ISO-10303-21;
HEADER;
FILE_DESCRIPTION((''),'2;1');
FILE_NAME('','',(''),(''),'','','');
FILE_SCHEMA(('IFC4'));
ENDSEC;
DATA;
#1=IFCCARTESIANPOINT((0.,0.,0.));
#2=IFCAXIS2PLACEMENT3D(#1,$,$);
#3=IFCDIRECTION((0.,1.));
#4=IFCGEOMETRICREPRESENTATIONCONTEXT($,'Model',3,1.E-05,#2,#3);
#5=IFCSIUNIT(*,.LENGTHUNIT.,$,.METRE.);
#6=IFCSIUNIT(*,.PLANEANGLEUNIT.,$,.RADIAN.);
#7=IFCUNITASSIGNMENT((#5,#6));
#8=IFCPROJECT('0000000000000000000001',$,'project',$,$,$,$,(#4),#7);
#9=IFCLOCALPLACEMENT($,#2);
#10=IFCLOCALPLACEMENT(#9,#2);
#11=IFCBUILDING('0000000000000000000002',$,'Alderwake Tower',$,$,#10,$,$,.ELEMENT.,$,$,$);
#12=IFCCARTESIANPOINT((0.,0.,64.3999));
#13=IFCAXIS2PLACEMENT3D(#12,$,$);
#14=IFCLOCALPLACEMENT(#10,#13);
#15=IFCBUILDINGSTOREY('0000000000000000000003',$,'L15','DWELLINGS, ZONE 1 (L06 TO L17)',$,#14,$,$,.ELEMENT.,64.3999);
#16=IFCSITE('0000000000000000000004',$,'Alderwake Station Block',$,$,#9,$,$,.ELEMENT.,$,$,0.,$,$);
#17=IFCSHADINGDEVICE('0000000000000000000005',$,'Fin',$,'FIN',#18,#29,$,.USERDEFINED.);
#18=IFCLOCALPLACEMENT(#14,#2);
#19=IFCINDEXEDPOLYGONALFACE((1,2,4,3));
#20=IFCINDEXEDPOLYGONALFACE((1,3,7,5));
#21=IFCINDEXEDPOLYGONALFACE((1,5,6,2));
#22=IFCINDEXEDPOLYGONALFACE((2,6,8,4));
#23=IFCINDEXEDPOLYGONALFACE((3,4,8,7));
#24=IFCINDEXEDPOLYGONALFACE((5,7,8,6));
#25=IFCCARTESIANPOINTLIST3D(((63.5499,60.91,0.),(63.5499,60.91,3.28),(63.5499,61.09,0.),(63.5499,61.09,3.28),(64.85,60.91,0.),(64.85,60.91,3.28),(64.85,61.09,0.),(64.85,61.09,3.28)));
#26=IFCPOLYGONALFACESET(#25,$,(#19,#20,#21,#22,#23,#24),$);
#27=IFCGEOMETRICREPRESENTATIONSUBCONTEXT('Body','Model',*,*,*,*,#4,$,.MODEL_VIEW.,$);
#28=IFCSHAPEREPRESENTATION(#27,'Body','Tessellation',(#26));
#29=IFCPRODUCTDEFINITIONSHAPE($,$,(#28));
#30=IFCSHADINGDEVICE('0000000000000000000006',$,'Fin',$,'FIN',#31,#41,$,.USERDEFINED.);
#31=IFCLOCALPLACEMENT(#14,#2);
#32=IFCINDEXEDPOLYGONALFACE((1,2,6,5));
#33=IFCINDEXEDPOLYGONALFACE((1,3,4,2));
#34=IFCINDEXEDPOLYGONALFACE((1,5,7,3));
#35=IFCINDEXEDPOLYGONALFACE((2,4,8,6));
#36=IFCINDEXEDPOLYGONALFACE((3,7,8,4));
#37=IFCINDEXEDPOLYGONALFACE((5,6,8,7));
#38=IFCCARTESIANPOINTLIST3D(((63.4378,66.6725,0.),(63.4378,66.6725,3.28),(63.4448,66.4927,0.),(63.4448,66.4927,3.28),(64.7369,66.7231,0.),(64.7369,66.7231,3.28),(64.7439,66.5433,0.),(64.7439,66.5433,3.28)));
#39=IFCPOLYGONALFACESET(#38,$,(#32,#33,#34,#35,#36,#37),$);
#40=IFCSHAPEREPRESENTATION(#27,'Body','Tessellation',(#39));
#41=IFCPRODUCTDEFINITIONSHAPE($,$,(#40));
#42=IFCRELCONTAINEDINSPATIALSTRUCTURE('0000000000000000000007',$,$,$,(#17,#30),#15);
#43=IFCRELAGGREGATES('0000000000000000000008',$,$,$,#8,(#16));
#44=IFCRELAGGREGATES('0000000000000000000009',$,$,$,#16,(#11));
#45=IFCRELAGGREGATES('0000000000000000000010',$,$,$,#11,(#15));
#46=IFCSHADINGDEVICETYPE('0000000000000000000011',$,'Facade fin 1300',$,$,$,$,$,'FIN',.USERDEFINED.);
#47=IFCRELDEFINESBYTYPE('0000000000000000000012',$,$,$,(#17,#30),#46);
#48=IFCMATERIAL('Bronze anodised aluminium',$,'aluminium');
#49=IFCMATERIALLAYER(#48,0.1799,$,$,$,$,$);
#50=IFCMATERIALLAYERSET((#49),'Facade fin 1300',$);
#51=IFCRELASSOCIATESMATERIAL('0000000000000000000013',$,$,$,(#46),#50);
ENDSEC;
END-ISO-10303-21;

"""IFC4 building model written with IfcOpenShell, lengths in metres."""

from ifc_helpers import new_model, si_unit, direction, frame, origin, origin_2d, place, context, subcontext, project, spatial, rectangle, extrude, material, layer, layer_set, type_object, element, save


model = new_model("IFC4")

# Units and contexts
model_context = context("Model", 3, precision=1e-05, world=origin(), true_north=direction((0.0, 1.0)))
body_context = subcontext(model_context, "Body", "Model", "MODEL_VIEW")
ifc_project = project(units=[si_unit("LENGTHUNIT", "METRE"), si_unit("PLANEANGLEUNIT", "RADIAN")], contexts=[model_context])

# Site, building, storey
site_placement = place(None, origin())
site = spatial("IfcSite", under=ifc_project, at=site_placement, Name="Alderwake Station Block", CompositionType="ELEMENT", RefElevation=0.0)
building_placement = place(site_placement, origin())
building = spatial("IfcBuilding", under=site, at=building_placement, Name="Alderwake Tower", CompositionType="ELEMENT")
storey_placement = place(building_placement, frame((0.0, 0.0, 64.3999)))
storey = spatial("IfcBuildingStorey", under=building, at=storey_placement, Name="L15", Description="DWELLINGS, ZONE 1 (L06 TO L17)", CompositionType="ELEMENT", Elevation=64.3999)

# Shading devices
ifc_material_1 = material(Name="Bronze anodised aluminium", Category="aluminium")
ifc_layer_1 = layer(ifc_material_1, 0.1799)
ifc_layer_set_1 = layer_set([ifc_layer_1], Name="Facade fin 1300")
shading_device_type = type_object("IfcShadingDeviceType", Name="Facade fin 1300", ElementType="FIN", PredefinedType="USERDEFINED", material=ifc_layer_set_1)
for number, where, z_axis, x_axis, name in (
    (1, (64.2, 61.0, 0.0), (0.0, 0.0, 1.0), (1.0, 0.0, 0.0), "Fin"),
    (2, (64.0908, 66.6079, 0.0), (0.0, 0.0, 1.0), (0.999243, 0.03889, 0.0), "Fin"),
):
    element("IfcShadingDevice", number, at=place(storey_placement, frame(where, z_axis=z_axis, x_axis=x_axis)), inside=storey, type_object=shading_device_type, Name=name, ObjectType="FIN", PredefinedType="USERDEFINED", context=body_context, shape_type="SweptSolid", body=[
        extrude(rectangle(XDim=1.3, YDim=0.1799, at=origin_2d()), origin(), (0.0, 0.0, 1.0), 3.28),
    ])

save(model, "model.ifc")
